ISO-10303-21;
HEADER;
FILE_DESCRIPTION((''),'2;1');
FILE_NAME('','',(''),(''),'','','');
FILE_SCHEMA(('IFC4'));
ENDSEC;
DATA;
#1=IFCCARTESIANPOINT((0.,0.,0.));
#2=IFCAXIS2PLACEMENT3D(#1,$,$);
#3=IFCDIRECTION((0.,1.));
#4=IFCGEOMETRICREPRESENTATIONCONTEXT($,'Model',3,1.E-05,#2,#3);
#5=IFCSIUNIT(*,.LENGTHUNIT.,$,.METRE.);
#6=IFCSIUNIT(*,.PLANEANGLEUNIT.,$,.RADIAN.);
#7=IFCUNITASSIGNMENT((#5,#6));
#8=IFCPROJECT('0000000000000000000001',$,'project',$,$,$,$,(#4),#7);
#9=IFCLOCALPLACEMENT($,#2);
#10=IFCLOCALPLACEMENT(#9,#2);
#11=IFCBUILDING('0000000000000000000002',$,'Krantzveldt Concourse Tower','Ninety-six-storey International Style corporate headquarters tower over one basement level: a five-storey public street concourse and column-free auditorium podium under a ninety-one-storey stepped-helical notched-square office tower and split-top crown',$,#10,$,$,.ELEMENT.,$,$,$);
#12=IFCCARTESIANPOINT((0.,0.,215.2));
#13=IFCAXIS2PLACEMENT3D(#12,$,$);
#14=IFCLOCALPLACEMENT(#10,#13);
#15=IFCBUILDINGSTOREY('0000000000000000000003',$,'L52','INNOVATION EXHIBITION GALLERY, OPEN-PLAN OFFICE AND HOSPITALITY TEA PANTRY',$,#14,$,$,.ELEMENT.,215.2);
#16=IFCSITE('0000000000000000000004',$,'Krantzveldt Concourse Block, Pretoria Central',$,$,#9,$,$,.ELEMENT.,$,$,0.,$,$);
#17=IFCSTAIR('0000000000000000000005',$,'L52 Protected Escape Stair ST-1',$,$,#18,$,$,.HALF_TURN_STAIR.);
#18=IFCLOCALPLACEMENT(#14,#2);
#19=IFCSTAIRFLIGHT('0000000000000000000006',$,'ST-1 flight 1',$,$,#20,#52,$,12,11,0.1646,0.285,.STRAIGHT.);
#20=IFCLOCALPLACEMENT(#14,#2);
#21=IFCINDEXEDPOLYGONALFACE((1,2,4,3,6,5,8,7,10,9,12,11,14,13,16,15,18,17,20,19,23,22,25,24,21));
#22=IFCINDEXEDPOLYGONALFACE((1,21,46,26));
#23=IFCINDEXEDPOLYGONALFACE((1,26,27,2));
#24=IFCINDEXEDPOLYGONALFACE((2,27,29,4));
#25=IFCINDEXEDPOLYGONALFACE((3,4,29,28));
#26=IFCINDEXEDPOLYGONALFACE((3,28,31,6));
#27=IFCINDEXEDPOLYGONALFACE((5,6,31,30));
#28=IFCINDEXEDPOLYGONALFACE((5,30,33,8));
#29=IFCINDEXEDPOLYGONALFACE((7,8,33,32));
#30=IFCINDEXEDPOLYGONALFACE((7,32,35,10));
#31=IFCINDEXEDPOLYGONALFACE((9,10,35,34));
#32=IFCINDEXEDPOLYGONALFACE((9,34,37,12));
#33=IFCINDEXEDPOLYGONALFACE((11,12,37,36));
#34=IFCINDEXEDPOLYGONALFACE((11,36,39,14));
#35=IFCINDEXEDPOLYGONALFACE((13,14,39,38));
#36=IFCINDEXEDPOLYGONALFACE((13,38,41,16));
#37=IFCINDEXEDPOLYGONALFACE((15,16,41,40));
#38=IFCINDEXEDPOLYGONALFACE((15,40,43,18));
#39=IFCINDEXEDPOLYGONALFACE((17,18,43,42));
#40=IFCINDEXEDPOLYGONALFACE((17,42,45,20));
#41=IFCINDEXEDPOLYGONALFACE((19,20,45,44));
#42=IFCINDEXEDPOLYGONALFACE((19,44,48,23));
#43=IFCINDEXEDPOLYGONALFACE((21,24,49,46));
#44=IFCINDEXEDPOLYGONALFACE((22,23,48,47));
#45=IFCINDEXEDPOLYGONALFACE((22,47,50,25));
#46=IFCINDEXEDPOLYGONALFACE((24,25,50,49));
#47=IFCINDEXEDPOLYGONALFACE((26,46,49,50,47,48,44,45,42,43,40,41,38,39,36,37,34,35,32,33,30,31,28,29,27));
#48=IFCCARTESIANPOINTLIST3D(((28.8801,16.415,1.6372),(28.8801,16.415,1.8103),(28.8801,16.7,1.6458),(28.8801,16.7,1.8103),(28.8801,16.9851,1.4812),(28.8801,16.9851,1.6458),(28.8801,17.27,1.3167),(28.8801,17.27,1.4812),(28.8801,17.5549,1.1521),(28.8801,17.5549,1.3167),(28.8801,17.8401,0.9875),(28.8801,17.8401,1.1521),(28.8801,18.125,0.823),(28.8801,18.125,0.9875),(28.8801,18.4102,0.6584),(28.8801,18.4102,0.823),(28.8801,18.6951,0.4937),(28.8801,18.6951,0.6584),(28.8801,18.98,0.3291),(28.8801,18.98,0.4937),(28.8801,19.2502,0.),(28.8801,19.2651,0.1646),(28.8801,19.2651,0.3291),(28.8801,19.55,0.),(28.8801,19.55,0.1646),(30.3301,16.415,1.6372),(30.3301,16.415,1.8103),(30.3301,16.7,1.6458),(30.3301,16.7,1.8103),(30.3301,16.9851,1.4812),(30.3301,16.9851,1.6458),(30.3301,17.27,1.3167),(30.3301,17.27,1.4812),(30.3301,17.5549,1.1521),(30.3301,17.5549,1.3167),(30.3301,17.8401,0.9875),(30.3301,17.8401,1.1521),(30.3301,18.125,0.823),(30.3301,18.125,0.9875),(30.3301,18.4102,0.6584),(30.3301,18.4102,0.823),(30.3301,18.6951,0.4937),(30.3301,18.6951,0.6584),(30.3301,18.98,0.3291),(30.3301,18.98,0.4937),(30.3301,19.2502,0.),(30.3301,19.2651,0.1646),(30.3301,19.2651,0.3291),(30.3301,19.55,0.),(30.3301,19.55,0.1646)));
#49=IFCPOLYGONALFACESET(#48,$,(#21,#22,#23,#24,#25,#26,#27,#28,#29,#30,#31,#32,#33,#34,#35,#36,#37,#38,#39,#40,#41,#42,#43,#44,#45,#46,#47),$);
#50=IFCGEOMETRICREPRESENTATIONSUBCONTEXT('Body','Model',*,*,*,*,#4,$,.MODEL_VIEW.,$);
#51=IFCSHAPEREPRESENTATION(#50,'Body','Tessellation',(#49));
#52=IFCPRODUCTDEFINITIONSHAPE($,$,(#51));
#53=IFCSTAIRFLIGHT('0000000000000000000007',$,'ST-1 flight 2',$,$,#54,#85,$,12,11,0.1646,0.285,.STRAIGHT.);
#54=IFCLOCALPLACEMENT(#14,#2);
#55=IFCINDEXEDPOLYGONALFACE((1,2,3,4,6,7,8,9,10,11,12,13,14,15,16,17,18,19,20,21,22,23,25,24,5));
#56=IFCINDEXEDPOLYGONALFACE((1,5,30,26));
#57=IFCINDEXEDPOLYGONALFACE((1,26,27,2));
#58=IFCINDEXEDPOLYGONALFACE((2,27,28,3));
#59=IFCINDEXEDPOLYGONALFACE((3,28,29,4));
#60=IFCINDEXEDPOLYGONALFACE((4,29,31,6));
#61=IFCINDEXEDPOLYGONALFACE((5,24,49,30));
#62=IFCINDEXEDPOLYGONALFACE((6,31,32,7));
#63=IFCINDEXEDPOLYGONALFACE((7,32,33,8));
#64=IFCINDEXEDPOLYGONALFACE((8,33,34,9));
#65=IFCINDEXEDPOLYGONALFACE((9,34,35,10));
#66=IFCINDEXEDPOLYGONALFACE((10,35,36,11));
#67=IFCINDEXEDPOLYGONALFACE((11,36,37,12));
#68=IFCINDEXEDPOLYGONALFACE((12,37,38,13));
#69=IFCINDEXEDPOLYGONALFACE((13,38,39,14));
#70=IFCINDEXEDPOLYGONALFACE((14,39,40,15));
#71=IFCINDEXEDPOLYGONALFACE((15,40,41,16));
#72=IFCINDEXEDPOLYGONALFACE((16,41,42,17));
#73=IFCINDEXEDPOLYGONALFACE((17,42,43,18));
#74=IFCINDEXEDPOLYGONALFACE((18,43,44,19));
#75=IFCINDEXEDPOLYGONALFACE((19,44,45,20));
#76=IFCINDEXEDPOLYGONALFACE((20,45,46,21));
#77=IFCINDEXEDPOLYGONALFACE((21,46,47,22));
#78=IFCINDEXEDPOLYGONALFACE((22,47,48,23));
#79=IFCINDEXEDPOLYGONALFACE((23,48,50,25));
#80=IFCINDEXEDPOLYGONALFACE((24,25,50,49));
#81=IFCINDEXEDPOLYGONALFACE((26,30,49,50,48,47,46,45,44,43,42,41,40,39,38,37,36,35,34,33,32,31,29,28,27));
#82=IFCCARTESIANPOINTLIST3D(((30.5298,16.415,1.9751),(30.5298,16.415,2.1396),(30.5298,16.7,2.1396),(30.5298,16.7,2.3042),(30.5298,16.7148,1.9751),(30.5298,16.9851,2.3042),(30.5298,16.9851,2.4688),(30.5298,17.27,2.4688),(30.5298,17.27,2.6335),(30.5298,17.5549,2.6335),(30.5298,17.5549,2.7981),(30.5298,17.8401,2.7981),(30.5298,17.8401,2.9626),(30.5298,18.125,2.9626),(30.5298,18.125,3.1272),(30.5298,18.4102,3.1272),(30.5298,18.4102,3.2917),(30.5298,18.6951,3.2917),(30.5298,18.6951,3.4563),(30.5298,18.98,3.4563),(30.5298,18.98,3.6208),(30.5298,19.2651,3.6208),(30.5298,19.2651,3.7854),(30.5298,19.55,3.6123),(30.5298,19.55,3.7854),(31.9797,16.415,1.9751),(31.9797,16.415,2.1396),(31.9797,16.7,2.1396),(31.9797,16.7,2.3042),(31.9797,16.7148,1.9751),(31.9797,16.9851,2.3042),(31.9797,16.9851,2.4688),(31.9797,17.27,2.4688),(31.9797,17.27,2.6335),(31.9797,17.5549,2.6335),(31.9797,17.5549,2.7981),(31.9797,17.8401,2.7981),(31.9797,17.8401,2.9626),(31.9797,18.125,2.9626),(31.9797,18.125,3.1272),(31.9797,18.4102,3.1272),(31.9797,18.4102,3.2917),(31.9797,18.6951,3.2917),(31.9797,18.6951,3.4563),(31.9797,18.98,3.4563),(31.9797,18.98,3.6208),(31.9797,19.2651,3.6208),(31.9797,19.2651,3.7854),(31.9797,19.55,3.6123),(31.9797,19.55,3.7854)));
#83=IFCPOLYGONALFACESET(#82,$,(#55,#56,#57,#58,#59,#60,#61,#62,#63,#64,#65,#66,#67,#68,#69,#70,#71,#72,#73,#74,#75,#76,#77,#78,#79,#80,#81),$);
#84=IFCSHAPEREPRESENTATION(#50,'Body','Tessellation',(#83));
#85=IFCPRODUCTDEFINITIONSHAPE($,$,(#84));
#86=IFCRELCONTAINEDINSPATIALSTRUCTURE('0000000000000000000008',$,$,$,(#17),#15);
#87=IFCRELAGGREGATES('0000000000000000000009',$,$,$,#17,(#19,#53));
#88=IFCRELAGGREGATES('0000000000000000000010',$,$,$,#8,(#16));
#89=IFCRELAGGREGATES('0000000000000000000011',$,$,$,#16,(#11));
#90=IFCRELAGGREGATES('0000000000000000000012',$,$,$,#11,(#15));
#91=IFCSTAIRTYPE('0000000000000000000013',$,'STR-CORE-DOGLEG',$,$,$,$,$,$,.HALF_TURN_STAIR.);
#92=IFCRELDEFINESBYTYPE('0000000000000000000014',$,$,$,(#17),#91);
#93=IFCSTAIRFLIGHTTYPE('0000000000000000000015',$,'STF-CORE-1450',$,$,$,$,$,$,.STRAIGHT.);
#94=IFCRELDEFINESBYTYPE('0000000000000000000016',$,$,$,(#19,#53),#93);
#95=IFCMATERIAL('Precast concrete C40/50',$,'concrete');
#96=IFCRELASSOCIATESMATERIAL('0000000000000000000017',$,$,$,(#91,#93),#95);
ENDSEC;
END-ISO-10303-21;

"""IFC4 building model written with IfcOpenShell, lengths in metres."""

from ifc_helpers import new_model, si_unit, direction, frame, origin, place, context, subcontext, project, spatial, polyline, outline, extrude, material, type_object, element, aggregate, save


model = new_model("IFC4")

# Units and contexts
model_context = context("Model", 3, precision=1e-05, world=origin(), true_north=direction((0.0, 1.0)))
body_context = subcontext(model_context, "Body", "Model", "MODEL_VIEW")
ifc_project = project(units=[si_unit("LENGTHUNIT", "METRE"), si_unit("PLANEANGLEUNIT", "RADIAN")], contexts=[model_context])

# Site, building, storey
site_placement = place(None, origin())
site = spatial("IfcSite", under=ifc_project, at=site_placement, Name="Krantzveldt Concourse Block, Pretoria Central", CompositionType="ELEMENT", RefElevation=0.0)
building_placement = place(site_placement, origin())
building = spatial("IfcBuilding", under=site, at=building_placement, Name="Krantzveldt Concourse Tower", Description="Ninety-six-storey International Style corporate headquarters tower over one basement level: a five-storey public street concourse and column-free auditorium podium under a ninety-one-storey stepped-helical notched-square office tower and split-top crown", CompositionType="ELEMENT")
storey_placement = place(building_placement, frame((0.0, 0.0, 215.2)))
storey = spatial("IfcBuildingStorey", under=building, at=storey_placement, Name="L52", Description="INNOVATION EXHIBITION GALLERY, OPEN-PLAN OFFICE AND HOSPITALITY TEA PANTRY", CompositionType="ELEMENT", Elevation=215.2)

# Stair, stair flights
ifc_material_1 = material(Name="Precast concrete C40/50", Category="concrete")
stair_type = type_object("IfcStairType", Name="STR-CORE-DOGLEG", PredefinedType="HALF_TURN_STAIR", material=ifc_material_1)
stair_placement = place(storey_placement, origin())
stair = element("IfcStair", 1, at=stair_placement, inside=storey, type_object=stair_type, Name="L52 Protected Escape Stair ST-1", PredefinedType="HALF_TURN_STAIR")
stair_flight_type = type_object("IfcStairFlightType", Name="STF-CORE-1450", PredefinedType="STRAIGHT", material=ifc_material_1)
stair_flight_1_placement = place(storey_placement, frame((29.605, 19.55, 0.0), z_axis=(0.0, 0.0, 1.0), x_axis=(0.0, -1.0, 0.0)))
stair_flight_1 = element("IfcStairFlight", 2, at=stair_flight_1_placement, type_object=stair_flight_type, Name="ST-1 flight 1", NumberOfRisers=12, NumberOfTreads=11, PredefinedType="STRAIGHT", RiserHeight=0.1646, TreadLength=0.285, context=body_context, shape_type="SweptSolid", body=[
    extrude(outline(polyline([(0.0, 0.0), (0.0, 0.1646), (0.2849, 0.1646), (0.2849, 0.3291), (0.5701, 0.3291), (0.5701, 0.4937), (0.855, 0.4937), (0.855, 0.6584), (1.1399, 0.6584), (1.1399, 0.823), (1.425, 0.823), (1.425, 0.9875), (1.71, 0.9875), (1.71, 1.1521), (1.9951, 1.1521), (1.9951, 1.3167), (2.28, 1.3167), (2.28, 1.4812), (2.5649, 1.4812), (2.5649, 1.6458), (2.8501, 1.6458), (2.8501, 1.8103), (3.135, 1.8103), (3.135, 1.9751), (3.135, 1.6372), (0.2998, 0.0), (0.0, 0.0)])), frame((0.0, 0.7251, 0.0), z_axis=(0.0, -1.0, 0.0), x_axis=(1.0, 0.0, 0.0)), (0.0, 0.0, 1.0), 1.45),
])
stair_flight_2_placement = place(storey_placement, frame((31.2549, 16.415, 1.9751), z_axis=(0.0, 0.0, 1.0), x_axis=(0.0, 1.0, 0.0)))
stair_flight_2 = element("IfcStairFlight", 3, at=stair_flight_2_placement, type_object=stair_flight_type, Name="ST-1 flight 2", NumberOfRisers=12, NumberOfTreads=11, PredefinedType="STRAIGHT", RiserHeight=0.1646, TreadLength=0.285, context=body_context, shape_type="SweptSolid", body=[
    extrude(outline(polyline([(0.0, 0.0), (0.0, 0.1646), (0.2849, 0.1646), (0.2849, 0.3291), (0.5701, 0.3291), (0.5701, 0.4937), (0.855, 0.4937), (0.855, 0.6584), (1.1399, 0.6584), (1.1399, 0.823), (1.425, 0.823), (1.425, 0.9875), (1.71, 0.9875), (1.71, 1.1521), (1.9951, 1.1521), (1.9951, 1.3167), (2.28, 1.3167), (2.28, 1.4812), (2.5649, 1.4812), (2.5649, 1.6458), (2.8501, 1.6458), (2.8501, 1.8103), (3.135, 1.8103), (3.135, 1.9751), (3.135, 1.6372), (0.2998, 0.0), (0.0, 0.0)])), frame((0.0, 0.7251, 0.0), z_axis=(0.0, -1.0, 0.0), x_axis=(1.0, 0.0, 0.0)), (0.0, 0.0, 1.0), 1.45),
])
aggregate(stair, [stair_flight_1, stair_flight_2])

save(model, "model.ifc")
